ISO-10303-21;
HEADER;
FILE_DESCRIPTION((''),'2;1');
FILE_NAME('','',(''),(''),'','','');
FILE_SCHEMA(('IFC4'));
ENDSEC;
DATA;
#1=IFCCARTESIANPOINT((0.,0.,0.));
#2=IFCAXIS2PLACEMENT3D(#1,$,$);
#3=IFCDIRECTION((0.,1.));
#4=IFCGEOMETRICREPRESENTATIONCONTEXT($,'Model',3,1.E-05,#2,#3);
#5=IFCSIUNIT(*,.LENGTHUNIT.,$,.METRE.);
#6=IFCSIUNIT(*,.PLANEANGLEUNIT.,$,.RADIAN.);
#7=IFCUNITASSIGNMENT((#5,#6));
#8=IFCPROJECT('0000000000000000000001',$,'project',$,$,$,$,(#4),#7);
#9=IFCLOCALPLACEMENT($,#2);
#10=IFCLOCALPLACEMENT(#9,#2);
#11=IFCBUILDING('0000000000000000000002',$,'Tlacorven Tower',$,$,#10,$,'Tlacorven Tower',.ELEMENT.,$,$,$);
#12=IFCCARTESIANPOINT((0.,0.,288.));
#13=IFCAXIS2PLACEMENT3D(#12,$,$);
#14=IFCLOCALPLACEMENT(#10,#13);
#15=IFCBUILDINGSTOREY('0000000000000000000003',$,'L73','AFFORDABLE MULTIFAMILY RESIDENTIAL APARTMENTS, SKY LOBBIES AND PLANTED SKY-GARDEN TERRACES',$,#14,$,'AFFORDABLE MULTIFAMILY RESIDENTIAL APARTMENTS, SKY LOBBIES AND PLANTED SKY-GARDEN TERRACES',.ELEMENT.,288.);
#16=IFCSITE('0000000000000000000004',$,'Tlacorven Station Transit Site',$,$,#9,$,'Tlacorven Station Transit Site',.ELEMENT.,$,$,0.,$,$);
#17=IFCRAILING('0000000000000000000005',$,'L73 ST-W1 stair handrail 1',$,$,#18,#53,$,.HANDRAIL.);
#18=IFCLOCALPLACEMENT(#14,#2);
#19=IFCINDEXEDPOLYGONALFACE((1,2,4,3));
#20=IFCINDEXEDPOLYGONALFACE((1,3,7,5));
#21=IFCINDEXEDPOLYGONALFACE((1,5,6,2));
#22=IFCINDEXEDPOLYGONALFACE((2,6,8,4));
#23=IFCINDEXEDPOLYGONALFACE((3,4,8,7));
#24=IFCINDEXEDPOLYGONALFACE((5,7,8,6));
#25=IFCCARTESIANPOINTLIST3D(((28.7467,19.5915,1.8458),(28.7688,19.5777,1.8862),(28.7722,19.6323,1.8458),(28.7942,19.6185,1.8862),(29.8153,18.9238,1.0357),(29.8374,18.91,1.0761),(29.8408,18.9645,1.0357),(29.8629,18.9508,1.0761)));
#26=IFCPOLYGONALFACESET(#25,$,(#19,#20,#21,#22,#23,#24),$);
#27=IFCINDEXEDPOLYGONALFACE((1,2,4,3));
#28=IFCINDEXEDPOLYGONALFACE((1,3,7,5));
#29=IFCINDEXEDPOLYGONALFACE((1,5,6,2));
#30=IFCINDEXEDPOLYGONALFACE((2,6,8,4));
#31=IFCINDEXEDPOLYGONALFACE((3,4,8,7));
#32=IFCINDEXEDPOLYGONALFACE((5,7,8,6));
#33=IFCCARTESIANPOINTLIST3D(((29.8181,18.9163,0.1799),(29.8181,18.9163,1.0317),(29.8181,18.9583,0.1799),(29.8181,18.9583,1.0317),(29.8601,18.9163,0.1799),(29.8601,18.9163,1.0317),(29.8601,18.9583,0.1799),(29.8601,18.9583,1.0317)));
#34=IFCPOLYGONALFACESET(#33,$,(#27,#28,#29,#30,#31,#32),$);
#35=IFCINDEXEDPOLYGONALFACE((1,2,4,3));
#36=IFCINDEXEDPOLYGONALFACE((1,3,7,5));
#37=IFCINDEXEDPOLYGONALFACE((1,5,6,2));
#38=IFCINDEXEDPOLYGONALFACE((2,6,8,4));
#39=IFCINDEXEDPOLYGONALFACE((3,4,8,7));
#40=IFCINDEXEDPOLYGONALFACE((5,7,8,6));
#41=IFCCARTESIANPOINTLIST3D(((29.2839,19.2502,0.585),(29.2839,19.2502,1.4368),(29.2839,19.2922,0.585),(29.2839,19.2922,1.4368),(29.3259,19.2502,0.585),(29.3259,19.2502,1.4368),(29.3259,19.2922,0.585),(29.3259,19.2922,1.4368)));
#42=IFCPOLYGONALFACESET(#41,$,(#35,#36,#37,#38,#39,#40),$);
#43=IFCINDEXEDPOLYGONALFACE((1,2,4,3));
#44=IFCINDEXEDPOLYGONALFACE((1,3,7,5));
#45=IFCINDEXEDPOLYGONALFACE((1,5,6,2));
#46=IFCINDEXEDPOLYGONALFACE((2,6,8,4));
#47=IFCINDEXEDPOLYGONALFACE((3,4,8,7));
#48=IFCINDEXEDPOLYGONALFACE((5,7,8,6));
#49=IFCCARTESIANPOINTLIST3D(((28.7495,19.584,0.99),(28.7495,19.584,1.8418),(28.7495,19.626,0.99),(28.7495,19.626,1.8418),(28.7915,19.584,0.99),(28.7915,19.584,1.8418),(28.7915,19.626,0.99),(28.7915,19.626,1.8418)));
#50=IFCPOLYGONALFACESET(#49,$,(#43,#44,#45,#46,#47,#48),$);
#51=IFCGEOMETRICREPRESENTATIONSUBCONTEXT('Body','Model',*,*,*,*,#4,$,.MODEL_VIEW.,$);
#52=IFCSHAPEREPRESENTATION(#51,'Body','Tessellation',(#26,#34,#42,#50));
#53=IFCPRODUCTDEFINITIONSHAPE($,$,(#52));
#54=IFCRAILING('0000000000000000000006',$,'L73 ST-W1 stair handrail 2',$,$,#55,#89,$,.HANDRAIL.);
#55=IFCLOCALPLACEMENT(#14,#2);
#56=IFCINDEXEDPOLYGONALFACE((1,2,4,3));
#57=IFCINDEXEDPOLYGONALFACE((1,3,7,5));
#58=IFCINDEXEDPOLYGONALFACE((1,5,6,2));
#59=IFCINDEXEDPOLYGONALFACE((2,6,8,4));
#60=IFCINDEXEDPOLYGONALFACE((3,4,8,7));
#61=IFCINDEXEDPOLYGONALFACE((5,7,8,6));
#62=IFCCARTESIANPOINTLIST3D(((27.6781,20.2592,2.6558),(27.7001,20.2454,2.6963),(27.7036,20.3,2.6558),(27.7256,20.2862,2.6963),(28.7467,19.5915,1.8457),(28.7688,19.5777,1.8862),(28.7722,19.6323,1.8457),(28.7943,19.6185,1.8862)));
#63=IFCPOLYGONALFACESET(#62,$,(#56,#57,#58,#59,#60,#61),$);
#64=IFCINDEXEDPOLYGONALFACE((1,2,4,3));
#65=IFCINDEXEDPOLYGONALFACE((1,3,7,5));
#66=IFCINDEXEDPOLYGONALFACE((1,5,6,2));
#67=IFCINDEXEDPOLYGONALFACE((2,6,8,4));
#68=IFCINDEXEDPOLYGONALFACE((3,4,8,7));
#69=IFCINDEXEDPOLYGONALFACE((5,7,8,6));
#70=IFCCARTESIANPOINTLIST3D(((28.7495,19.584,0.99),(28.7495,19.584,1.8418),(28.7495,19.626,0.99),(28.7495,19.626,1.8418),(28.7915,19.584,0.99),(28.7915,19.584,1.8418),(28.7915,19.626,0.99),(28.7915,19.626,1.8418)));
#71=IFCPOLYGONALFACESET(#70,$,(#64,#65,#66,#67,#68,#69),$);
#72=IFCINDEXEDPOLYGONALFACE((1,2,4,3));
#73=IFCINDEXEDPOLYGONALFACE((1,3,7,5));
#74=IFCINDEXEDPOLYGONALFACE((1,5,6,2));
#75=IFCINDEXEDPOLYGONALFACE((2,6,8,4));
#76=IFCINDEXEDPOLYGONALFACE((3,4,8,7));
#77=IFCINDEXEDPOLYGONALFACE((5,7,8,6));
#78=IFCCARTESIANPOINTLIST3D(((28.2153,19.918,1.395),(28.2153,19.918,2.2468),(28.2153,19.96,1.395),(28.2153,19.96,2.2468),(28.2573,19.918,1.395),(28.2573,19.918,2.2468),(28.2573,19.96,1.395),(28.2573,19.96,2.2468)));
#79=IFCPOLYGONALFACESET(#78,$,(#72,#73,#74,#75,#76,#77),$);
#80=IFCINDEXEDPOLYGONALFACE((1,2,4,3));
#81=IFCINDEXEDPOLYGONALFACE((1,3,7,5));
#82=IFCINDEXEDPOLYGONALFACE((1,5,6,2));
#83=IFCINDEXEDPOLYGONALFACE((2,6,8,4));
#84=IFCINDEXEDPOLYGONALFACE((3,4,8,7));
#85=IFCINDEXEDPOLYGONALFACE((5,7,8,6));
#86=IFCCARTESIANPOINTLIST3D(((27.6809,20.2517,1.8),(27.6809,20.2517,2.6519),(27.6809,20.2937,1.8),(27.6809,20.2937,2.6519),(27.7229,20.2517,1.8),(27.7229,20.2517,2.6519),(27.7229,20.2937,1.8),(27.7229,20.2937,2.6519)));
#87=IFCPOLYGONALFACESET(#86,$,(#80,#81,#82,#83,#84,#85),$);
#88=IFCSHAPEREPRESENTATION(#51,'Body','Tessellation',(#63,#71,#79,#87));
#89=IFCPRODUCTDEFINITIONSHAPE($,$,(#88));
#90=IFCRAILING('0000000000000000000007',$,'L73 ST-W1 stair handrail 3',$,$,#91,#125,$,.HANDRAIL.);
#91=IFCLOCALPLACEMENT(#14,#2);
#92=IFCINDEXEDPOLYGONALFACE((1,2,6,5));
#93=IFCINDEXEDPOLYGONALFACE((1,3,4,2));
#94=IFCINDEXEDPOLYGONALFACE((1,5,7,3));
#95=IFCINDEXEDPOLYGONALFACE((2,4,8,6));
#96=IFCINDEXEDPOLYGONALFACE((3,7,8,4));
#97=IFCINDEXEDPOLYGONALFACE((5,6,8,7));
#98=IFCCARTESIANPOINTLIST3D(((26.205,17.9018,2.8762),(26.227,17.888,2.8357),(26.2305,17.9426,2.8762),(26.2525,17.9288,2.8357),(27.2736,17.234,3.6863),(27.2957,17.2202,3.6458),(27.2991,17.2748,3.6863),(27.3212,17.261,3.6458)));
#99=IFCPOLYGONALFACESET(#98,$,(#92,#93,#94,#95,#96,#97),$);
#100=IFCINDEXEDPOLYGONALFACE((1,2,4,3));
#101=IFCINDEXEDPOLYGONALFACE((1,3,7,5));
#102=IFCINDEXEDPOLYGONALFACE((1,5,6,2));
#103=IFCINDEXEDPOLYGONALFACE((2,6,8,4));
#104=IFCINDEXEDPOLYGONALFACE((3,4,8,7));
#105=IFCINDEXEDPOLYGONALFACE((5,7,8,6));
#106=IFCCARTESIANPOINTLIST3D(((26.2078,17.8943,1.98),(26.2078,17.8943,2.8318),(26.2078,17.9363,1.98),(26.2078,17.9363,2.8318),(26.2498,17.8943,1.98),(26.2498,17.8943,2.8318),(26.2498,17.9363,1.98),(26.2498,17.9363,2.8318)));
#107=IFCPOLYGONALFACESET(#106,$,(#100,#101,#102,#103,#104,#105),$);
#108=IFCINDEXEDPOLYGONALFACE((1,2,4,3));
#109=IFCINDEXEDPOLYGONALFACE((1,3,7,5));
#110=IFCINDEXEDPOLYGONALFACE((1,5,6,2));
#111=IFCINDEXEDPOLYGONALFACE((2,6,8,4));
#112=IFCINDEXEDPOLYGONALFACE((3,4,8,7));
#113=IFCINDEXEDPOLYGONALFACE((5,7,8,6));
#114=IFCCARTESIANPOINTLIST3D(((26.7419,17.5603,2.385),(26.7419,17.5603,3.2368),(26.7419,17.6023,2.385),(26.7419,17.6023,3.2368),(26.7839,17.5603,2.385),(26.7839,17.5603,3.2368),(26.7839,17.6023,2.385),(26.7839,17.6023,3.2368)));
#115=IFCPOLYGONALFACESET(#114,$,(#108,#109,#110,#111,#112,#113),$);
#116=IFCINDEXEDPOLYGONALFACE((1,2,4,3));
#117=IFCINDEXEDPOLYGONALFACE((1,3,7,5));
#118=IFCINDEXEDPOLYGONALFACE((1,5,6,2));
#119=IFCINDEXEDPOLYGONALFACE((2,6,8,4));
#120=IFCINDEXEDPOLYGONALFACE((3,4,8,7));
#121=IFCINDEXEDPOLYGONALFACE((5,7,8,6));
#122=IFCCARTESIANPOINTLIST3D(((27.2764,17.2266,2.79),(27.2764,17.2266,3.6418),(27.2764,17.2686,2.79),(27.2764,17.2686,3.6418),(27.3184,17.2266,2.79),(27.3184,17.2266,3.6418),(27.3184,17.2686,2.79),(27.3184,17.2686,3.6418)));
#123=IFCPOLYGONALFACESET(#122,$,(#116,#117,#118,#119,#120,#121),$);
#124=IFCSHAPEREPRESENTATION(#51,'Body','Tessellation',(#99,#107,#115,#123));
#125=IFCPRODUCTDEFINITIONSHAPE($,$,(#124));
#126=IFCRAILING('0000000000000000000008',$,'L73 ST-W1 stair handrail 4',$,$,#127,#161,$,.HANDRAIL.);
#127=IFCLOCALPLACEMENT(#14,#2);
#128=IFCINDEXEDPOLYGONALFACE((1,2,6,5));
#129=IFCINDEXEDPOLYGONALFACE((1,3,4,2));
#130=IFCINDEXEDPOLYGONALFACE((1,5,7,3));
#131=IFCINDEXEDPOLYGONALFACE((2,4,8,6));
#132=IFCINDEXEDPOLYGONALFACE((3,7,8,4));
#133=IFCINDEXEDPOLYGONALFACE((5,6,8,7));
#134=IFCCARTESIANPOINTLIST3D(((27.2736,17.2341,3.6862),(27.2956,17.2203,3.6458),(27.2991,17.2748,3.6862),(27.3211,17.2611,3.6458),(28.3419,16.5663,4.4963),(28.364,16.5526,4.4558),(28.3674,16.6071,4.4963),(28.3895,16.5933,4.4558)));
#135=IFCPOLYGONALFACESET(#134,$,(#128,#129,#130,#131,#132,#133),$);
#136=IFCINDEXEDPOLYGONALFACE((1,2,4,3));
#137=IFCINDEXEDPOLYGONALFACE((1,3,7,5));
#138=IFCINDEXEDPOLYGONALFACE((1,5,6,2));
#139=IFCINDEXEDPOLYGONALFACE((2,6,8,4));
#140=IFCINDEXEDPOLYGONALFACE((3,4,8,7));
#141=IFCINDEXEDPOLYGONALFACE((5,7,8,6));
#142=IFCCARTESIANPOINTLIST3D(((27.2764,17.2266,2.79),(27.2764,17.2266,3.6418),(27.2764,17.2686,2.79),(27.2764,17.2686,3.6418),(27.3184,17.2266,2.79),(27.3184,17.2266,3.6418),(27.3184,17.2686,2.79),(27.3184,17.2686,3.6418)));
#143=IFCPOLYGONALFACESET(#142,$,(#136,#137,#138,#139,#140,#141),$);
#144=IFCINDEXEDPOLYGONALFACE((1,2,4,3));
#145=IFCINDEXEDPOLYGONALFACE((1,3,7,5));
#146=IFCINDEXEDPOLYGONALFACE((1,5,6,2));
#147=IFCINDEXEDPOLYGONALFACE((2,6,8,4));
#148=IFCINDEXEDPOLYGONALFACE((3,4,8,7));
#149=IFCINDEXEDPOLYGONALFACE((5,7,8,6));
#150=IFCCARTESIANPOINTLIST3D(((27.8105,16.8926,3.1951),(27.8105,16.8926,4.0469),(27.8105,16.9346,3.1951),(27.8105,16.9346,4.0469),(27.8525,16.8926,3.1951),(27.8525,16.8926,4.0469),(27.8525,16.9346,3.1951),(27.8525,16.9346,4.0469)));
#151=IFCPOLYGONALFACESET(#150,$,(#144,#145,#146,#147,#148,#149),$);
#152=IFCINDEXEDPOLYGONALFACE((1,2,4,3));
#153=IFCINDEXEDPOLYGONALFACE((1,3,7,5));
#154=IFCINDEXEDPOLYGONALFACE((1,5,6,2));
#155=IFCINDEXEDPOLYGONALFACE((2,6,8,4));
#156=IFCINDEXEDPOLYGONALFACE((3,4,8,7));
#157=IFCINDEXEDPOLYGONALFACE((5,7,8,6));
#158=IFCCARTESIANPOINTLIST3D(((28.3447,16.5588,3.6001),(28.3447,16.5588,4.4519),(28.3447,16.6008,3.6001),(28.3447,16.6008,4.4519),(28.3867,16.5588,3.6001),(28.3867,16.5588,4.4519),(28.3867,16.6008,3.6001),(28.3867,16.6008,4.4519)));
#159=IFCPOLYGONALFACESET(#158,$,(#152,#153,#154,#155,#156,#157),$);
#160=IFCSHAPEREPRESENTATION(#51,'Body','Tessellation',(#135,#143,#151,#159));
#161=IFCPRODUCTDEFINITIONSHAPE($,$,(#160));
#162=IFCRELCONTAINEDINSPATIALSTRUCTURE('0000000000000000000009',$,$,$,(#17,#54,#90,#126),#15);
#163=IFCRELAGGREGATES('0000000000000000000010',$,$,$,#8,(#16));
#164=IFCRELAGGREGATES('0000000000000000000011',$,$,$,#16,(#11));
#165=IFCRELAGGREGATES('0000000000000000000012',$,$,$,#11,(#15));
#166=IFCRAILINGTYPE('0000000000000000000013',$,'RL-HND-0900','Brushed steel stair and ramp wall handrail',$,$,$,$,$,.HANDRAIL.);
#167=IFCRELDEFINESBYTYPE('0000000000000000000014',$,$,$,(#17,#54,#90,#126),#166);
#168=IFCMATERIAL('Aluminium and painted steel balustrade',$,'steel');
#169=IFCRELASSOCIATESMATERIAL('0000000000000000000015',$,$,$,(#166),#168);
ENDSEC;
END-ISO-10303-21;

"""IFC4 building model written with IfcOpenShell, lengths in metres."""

from ifc_helpers import new_model, si_unit, direction, frame, origin, origin_2d, place, context, subcontext, project, spatial, rectangle, extrude, source, transform, mapped, material, type_object, element, save


model = new_model("IFC4")

# Units and contexts
model_context = context("Model", 3, precision=1e-05, world=origin(), true_north=direction((0.0, 1.0)))
body_context = subcontext(model_context, "Body", "Model", "MODEL_VIEW")
ifc_project = project(units=[si_unit("LENGTHUNIT", "METRE"), si_unit("PLANEANGLEUNIT", "RADIAN")], contexts=[model_context])

# Site, building, storey
site_placement = place(None, origin())
site = spatial("IfcSite", under=ifc_project, at=site_placement, Name="Tlacorven Station Transit Site", LongName="Tlacorven Station Transit Site", CompositionType="ELEMENT", RefElevation=0.0)
building_placement = place(site_placement, origin())
building = spatial("IfcBuilding", under=site, at=building_placement, Name="Tlacorven Tower", LongName="Tlacorven Tower", CompositionType="ELEMENT")
storey_placement = place(building_placement, frame((0.0, 0.0, 288.0)))
storey = spatial("IfcBuildingStorey", under=building, at=storey_placement, Name="L73", Description="AFFORDABLE MULTIFAMILY RESIDENTIAL APARTMENTS, SKY LOBBIES AND PLANTED SKY-GARDEN TERRACES", LongName="AFFORDABLE MULTIFAMILY RESIDENTIAL APARTMENTS, SKY LOBBIES AND PLANTED SKY-GARDEN TERRACES", CompositionType="ELEMENT", Elevation=288.0)

# Railings
ifc_material_1 = material(Name="Aluminium and painted steel balustrade", Category="steel")
railing_type_1 = type_object("IfcRailingType", Name="RL-HND-0900", Description="Brushed steel stair and ramp wall handrail", PredefinedType="HANDRAIL", material=ifc_material_1)
shared_shape_1 = source(origin(), body_context, "Body", "SweptSolid", [
    extrude(rectangle(XDim=0.0481, YDim=0.0481, at=origin_2d()), frame((0.0, 0.0, 0.876), z_axis=(-0.71336, 0.445748, 0.540765), x_axis=(-0.529912, -0.848053, 0.0)), (0.0, 0.0, 1.0), 1.498),
    extrude(rectangle(XDim=0.042, YDim=0.042, at=origin_2d()), origin(), (0.0, 0.0, 1.0), 0.8518),
    extrude(rectangle(XDim=0.042, YDim=0.042, at=origin_2d()), frame((-0.5342, 0.334, 0.405)), (0.0, 0.0, 1.0), 0.8518),
    extrude(rectangle(XDim=0.042, YDim=0.042, at=origin_2d()), frame((-1.0686, 0.6677, 0.8101)), (0.0, 0.0, 1.0), 0.8518),
])
for number, where, name in (
    (1, (29.8391, 18.9373, 0.1799), "L73 ST-W1 stair handrail 1"),
    (2, (28.7705, 19.605, 0.99), "L73 ST-W1 stair handrail 2"),
):
    element("IfcRailing", number, at=place(storey_placement, frame(where)), inside=storey, type_object=railing_type_1, Name=name, PredefinedType="HANDRAIL", context=body_context, shape_type="MappedRepresentation", body=[
        mapped(shared_shape_1, transform((0.0, 0.0, 0.0), scale=1.0)),
    ])
shared_shape_2 = source(origin(), body_context, "Body", "SweptSolid", [
    extrude(rectangle(XDim=0.0481, YDim=0.0481, at=origin_2d()), frame((0.0, 0.0, 0.876), z_axis=(0.71336, -0.445748, 0.540765), x_axis=(0.529912, 0.848053, 0.0)), (0.0, 0.0, 1.0), 1.498),
    extrude(rectangle(XDim=0.042, YDim=0.042, at=origin_2d()), origin(), (0.0, 0.0, 1.0), 0.8518),
    extrude(rectangle(XDim=0.042, YDim=0.042, at=origin_2d()), frame((0.5342, -0.334, 0.405)), (0.0, 0.0, 1.0), 0.8518),
    extrude(rectangle(XDim=0.042, YDim=0.042, at=origin_2d()), frame((1.0686, -0.6677, 0.8101)), (0.0, 0.0, 1.0), 0.8518),
])
railing_1_placement = place(storey_placement, frame((26.2288, 17.9153, 1.98)))
element("IfcRailing", 3, at=railing_1_placement, inside=storey, type_object=railing_type_1, Name="L73 ST-W1 stair handrail 3", PredefinedType="HANDRAIL", context=body_context, shape_type="MappedRepresentation", body=[
    mapped(shared_shape_2, transform((0.0, 0.0, 0.0), scale=1.0)),
])
shared_shape_3 = source(origin(), body_context, "Body", "SweptSolid", [
    extrude(rectangle(XDim=0.0481, YDim=0.0481, at=origin_2d()), frame((0.0, 0.0, 0.876), z_axis=(0.71328, -0.4458, 0.540828), x_axis=(0.529999, 0.847998, 0.0)), (0.0, 0.0, 1.0), 1.4978),
    extrude(rectangle(XDim=0.042, YDim=0.042, at=origin_2d()), origin(), (0.0, 0.0, 1.0), 0.8518),
    extrude(rectangle(XDim=0.042, YDim=0.042, at=origin_2d()), frame((0.5342, -0.334, 0.405)), (0.0, 0.0, 1.0), 0.8518),
    extrude(rectangle(XDim=0.042, YDim=0.042, at=origin_2d()), frame((1.0684, -0.6677, 0.8101)), (0.0, 0.0, 1.0), 0.8518),
])
railing_2_placement = place(storey_placement, frame((27.2974, 17.2476, 2.79)))
element("IfcRailing", 4, at=railing_2_placement, inside=storey, type_object=railing_type_1, Name="L73 ST-W1 stair handrail 4", PredefinedType="HANDRAIL", context=body_context, shape_type="MappedRepresentation", body=[
    mapped(shared_shape_3, transform((0.0, 0.0, 0.0), scale=1.0)),
])

save(model, "model.ifc")
